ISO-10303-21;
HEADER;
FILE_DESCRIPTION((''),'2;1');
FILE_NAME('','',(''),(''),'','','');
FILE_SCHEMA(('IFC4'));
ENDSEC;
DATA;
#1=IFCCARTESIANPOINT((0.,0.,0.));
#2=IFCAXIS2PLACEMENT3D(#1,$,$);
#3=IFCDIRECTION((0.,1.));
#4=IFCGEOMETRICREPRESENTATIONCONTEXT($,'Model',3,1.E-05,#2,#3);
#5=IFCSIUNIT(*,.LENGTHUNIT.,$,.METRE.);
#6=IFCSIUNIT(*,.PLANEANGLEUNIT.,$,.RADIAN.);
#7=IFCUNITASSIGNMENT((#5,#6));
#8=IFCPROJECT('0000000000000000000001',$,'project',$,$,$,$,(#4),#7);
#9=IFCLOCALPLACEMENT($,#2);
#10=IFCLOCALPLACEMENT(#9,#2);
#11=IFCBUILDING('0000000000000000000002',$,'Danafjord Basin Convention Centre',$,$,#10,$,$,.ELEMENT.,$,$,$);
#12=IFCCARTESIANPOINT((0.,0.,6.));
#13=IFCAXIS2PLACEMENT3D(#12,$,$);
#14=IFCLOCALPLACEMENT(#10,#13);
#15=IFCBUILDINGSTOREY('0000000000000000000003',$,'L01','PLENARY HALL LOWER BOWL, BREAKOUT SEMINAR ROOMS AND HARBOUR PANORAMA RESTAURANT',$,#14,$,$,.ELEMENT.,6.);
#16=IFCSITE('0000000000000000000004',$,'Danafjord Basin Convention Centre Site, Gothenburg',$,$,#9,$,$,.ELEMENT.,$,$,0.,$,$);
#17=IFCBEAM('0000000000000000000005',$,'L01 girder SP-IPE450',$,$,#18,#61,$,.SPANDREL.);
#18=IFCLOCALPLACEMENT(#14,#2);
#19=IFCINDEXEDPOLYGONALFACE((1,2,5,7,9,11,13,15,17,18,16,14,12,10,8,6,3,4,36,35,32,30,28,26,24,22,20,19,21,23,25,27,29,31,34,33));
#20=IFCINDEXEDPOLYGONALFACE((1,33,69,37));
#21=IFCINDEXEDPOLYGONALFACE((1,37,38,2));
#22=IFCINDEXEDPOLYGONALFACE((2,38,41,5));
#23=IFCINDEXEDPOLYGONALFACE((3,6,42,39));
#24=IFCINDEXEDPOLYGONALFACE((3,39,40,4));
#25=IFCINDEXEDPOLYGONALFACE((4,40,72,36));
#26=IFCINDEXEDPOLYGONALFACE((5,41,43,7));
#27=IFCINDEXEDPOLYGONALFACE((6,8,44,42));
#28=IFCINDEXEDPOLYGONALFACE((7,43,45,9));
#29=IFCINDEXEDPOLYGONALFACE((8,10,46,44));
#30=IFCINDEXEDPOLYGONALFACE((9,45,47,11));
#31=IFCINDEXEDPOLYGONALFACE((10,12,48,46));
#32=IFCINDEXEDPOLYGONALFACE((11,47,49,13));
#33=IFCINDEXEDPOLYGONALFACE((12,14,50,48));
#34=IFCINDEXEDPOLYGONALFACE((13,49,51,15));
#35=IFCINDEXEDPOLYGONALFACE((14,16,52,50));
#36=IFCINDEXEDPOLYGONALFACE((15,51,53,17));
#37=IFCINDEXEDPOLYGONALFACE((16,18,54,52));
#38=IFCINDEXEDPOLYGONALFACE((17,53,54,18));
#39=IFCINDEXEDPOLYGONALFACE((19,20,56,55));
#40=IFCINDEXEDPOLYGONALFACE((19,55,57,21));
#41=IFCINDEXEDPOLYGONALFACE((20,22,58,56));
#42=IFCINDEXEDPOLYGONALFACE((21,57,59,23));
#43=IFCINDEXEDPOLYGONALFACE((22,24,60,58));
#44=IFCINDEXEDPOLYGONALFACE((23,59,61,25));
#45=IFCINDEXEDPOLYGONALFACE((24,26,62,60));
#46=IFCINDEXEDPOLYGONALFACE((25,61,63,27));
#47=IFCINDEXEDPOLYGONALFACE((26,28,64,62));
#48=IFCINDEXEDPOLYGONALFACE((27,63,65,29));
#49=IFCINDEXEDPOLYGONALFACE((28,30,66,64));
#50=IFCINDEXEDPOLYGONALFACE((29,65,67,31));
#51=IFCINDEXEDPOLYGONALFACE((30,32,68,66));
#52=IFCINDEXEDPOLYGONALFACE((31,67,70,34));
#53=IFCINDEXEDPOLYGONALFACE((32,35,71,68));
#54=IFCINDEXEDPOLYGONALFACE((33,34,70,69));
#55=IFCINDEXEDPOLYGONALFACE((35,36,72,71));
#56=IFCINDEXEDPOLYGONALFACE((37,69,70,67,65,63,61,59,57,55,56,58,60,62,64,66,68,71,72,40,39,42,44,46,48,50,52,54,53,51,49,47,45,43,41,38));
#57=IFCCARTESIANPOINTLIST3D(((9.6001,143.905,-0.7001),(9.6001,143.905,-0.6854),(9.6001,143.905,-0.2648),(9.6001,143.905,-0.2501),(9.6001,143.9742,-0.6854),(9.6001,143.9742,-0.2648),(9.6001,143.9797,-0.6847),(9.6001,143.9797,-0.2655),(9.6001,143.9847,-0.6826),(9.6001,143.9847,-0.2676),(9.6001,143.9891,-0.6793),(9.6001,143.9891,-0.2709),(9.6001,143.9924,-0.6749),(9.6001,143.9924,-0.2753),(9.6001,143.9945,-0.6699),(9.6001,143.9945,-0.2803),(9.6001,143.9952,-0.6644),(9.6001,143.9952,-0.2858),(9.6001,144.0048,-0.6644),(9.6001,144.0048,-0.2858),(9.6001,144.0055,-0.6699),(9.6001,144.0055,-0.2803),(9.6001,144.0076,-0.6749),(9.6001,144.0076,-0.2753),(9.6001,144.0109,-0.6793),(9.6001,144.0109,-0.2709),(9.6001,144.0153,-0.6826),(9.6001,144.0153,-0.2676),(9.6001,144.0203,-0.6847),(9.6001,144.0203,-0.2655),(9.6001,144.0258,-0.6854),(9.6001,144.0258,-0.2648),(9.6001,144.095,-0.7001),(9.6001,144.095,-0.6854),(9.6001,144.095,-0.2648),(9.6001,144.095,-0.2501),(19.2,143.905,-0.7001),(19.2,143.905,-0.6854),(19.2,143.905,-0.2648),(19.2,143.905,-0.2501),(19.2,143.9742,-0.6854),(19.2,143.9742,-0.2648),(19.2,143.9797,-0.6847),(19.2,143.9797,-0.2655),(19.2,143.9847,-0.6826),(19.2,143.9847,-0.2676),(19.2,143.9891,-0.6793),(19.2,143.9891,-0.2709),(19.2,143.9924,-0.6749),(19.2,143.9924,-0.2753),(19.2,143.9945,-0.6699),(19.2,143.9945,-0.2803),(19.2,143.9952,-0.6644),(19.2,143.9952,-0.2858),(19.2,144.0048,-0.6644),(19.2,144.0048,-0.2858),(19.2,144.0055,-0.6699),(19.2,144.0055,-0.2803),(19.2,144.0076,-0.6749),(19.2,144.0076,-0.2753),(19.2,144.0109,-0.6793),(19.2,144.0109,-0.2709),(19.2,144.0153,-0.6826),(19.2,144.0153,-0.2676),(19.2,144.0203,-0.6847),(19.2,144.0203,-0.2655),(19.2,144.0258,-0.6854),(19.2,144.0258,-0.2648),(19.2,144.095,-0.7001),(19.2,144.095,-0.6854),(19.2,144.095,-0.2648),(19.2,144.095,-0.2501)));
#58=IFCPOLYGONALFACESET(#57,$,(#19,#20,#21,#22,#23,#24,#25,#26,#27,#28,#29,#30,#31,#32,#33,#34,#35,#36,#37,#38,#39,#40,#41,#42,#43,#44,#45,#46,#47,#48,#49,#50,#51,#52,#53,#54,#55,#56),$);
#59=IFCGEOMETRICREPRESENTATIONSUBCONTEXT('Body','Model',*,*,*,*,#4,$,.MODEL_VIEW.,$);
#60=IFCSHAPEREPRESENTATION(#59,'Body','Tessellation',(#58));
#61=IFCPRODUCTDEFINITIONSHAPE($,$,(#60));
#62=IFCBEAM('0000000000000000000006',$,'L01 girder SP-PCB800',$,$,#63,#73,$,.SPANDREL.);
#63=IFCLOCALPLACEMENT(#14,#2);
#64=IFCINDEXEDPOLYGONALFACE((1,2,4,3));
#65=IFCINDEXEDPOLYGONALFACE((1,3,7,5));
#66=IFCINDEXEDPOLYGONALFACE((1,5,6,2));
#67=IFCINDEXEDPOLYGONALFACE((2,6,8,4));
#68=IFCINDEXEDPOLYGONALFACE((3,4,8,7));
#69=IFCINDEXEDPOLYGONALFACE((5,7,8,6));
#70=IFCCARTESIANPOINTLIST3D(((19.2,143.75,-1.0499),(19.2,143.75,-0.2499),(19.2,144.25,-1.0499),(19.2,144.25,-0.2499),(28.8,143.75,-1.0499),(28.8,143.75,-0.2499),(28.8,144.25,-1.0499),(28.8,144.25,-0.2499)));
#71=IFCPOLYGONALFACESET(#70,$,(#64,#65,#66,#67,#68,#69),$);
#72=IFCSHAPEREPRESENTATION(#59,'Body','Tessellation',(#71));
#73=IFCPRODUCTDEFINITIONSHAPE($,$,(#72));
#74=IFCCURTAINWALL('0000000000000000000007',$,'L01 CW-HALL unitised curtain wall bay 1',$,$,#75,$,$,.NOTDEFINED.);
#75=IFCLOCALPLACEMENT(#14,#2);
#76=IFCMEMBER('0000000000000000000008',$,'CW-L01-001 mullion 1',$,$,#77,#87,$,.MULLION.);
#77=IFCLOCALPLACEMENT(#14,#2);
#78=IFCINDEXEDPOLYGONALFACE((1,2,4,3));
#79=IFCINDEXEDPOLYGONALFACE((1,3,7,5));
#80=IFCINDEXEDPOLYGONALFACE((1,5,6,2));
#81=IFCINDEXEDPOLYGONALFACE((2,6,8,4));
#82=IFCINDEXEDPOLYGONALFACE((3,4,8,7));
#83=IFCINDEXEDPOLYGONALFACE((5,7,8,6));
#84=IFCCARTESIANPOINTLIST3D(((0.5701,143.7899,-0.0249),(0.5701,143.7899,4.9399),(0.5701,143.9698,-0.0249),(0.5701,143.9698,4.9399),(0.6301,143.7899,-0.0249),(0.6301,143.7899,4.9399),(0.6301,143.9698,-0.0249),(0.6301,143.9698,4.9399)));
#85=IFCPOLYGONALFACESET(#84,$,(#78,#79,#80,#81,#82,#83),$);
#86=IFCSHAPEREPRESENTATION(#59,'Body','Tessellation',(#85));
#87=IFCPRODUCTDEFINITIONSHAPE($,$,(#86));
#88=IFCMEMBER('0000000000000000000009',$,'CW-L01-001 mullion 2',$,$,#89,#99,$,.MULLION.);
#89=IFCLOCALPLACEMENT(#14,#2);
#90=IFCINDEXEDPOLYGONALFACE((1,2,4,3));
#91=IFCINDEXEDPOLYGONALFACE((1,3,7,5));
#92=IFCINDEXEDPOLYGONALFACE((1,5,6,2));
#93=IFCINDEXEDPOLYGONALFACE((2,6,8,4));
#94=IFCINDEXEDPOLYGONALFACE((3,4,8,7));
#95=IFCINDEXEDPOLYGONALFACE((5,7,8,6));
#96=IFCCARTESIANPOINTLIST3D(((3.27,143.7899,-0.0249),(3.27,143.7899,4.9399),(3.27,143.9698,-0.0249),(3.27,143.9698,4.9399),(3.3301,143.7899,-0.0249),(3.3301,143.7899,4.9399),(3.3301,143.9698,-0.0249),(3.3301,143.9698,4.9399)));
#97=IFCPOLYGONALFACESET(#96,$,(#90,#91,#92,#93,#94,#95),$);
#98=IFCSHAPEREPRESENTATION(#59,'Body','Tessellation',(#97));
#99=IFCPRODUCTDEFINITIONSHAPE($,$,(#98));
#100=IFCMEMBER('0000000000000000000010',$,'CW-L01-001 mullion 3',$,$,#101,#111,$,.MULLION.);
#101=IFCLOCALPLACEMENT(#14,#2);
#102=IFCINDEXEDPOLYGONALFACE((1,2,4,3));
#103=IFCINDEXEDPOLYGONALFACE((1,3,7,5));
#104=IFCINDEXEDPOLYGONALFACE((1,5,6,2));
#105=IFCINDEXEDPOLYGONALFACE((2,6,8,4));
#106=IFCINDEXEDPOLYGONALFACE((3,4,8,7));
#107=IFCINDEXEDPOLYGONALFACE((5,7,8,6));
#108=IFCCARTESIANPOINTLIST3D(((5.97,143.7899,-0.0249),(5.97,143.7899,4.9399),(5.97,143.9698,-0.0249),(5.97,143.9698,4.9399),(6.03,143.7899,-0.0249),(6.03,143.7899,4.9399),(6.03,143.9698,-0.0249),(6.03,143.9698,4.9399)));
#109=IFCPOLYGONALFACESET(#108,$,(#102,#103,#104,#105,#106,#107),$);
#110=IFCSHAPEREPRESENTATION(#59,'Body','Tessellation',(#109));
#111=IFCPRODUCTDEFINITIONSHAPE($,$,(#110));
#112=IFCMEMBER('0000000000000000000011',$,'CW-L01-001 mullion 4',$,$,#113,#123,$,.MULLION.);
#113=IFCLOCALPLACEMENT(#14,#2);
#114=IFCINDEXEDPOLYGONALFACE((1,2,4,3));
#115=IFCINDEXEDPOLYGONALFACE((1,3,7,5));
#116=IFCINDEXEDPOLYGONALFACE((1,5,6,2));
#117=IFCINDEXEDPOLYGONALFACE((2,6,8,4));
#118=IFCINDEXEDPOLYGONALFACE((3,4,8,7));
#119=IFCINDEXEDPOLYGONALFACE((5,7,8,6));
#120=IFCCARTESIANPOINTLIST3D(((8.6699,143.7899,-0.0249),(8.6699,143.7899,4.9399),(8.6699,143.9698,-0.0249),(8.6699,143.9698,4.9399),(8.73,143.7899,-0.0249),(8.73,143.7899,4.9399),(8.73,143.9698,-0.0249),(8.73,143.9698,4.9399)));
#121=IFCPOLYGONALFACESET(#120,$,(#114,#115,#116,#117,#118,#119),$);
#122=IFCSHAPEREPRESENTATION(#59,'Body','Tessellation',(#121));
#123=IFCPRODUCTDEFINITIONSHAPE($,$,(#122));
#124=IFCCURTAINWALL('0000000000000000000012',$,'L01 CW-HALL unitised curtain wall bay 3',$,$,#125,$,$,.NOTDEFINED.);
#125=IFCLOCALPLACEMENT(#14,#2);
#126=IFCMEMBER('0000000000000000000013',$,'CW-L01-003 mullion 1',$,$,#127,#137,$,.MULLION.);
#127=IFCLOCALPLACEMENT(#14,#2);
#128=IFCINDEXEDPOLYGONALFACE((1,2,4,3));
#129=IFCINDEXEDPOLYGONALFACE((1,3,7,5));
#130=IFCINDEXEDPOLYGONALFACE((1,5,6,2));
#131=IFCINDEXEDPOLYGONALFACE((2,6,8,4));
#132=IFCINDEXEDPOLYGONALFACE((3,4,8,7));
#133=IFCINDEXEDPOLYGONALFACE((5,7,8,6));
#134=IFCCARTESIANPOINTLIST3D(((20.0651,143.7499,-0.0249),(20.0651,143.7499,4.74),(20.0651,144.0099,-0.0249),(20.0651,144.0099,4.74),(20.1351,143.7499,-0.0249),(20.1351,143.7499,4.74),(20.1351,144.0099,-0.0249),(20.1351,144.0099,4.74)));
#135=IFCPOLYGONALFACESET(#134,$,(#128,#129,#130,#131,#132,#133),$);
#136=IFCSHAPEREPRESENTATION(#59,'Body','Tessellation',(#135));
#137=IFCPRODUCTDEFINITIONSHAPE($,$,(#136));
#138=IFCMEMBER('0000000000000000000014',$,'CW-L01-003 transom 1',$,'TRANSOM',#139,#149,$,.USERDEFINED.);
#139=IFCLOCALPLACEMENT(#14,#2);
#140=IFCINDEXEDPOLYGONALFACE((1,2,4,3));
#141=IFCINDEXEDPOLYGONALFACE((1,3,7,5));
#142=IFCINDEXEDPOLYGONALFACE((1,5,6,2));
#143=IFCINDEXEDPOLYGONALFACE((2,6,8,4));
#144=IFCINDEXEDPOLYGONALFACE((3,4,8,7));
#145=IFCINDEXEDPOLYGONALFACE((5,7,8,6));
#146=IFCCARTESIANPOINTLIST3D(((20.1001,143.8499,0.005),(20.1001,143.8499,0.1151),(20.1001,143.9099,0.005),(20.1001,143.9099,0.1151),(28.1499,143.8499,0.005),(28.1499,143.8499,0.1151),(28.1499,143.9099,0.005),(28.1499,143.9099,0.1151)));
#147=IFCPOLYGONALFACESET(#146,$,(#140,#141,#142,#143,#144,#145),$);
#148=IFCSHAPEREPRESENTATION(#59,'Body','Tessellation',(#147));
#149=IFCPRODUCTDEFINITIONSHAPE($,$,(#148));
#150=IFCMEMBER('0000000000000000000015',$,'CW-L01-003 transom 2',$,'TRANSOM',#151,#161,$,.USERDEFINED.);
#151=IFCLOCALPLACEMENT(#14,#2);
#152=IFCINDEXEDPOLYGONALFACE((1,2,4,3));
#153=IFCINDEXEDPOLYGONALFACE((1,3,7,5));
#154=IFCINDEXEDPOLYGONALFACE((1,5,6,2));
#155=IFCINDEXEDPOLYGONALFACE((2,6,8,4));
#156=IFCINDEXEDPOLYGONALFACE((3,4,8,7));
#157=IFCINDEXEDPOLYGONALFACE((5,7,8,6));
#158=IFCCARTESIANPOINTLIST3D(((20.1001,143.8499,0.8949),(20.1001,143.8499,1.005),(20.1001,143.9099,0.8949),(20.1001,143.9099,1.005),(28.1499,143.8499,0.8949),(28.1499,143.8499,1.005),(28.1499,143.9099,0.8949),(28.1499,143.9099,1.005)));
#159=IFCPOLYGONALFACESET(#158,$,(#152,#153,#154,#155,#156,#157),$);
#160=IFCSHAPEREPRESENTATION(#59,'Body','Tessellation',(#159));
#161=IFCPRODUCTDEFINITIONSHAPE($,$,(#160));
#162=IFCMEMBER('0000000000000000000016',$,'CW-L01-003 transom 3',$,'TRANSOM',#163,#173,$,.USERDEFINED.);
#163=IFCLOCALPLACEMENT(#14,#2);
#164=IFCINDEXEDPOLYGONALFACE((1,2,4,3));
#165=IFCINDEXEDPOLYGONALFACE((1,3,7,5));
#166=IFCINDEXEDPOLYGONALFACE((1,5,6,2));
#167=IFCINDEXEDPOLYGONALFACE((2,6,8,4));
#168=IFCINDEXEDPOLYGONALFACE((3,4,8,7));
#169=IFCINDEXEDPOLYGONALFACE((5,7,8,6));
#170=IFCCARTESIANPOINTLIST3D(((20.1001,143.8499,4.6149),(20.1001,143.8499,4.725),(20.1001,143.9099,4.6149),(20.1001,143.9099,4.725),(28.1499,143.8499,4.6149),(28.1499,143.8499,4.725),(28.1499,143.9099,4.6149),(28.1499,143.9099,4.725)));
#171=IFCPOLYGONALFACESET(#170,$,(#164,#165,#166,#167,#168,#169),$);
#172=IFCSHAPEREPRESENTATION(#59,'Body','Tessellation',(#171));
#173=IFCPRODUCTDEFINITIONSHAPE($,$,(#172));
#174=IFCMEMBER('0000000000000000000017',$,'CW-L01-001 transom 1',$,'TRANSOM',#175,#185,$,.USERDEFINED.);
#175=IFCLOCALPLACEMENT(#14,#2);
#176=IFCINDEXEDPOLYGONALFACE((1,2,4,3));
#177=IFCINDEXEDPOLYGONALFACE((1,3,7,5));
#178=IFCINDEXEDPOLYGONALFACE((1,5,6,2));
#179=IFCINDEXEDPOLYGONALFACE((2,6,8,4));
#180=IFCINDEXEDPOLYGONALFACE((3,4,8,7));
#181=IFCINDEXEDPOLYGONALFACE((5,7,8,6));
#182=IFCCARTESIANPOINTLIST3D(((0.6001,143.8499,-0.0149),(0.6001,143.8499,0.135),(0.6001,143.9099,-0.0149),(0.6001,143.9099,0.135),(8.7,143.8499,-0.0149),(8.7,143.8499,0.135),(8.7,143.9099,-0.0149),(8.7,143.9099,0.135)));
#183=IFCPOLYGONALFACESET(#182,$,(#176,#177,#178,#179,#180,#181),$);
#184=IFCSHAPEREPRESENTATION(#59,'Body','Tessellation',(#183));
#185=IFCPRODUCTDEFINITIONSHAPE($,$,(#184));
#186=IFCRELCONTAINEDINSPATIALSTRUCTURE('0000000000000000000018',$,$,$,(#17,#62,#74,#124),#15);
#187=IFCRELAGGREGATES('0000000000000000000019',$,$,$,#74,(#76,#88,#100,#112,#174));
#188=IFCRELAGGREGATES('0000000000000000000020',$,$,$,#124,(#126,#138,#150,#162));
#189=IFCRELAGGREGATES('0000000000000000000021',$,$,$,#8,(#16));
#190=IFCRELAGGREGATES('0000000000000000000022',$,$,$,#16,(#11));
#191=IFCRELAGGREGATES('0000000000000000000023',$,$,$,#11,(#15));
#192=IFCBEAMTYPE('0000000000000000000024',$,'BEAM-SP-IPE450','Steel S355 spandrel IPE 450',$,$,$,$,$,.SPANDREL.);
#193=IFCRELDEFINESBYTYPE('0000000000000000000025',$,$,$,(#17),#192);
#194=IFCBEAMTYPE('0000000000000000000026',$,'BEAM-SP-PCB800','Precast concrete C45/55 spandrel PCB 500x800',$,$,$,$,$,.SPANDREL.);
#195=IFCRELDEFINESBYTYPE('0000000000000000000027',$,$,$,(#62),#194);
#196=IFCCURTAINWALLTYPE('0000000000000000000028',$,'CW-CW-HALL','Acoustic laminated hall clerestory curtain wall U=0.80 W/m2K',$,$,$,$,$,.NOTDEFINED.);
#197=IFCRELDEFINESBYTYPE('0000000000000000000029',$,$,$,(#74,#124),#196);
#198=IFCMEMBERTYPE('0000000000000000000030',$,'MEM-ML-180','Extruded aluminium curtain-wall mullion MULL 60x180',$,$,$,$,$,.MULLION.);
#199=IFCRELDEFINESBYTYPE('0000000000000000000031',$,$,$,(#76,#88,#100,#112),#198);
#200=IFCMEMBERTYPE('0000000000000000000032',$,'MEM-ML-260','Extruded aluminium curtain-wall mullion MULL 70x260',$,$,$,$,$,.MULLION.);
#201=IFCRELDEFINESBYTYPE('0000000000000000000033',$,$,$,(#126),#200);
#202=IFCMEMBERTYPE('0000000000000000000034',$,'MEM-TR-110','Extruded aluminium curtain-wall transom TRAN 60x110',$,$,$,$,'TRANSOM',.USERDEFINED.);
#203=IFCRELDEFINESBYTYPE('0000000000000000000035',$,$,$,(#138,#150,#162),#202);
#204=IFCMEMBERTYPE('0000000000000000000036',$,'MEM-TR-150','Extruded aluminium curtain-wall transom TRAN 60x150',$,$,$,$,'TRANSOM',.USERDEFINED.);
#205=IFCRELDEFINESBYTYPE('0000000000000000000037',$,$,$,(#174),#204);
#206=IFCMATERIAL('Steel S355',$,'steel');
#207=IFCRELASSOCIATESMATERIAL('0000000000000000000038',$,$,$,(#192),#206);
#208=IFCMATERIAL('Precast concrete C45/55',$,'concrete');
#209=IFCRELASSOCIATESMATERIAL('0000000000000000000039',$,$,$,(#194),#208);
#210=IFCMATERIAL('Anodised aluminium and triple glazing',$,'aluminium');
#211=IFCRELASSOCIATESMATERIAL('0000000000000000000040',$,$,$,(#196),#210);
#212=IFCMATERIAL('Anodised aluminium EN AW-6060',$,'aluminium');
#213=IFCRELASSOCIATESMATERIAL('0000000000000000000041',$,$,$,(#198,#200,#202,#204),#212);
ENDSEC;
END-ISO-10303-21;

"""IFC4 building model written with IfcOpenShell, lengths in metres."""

from ifc_helpers import new_model, si_unit, direction, frame, origin, origin_2d, place, context, subcontext, project, spatial, rectangle, i_section, extrude, material, material_profile, profile_set, type_object, element, aggregate, save


model = new_model("IFC4")

# Units and contexts
model_context = context("Model", 3, precision=1e-05, world=origin(), true_north=direction((0.0, 1.0)))
body_context = subcontext(model_context, "Body", "Model", "MODEL_VIEW")
ifc_project = project(units=[si_unit("LENGTHUNIT", "METRE"), si_unit("PLANEANGLEUNIT", "RADIAN")], contexts=[model_context])

# Site, building, storey
site_placement = place(None, origin())
site = spatial("IfcSite", under=ifc_project, at=site_placement, Name="Danafjord Basin Convention Centre Site, Gothenburg", CompositionType="ELEMENT", RefElevation=0.0)
building_placement = place(site_placement, origin())
building = spatial("IfcBuilding", under=site, at=building_placement, Name="Danafjord Basin Convention Centre", CompositionType="ELEMENT")
storey_placement = place(building_placement, frame((0.0, 0.0, 6.0)))
storey = spatial("IfcBuildingStorey", under=building, at=storey_placement, Name="L01", Description="PLENARY HALL LOWER BOWL, BREAKOUT SEMINAR ROOMS AND HARBOUR PANORAMA RESTAURANT", CompositionType="ELEMENT", Elevation=6.0)

# Shared definitions
ifc_material_1 = material(Name="Precast concrete C45/55", Category="concrete")

# Beams
ifc_material_2 = material(Name="Steel S355", Category="steel")
ifc_material_profile_1 = material_profile(ifc_material_2, i_section(OverallWidth=0.1899, OverallDepth=0.45, WebThickness=0.0095, FlangeThickness=0.0146, FilletRadius=0.021, at=origin_2d()), Name="IPE 450")
ifc_profile_set_1 = profile_set([ifc_material_profile_1], Name="Steel S355")
beam_type_1 = type_object("IfcBeamType", Name="BEAM-SP-IPE450", Description="Steel S355 spandrel IPE 450", PredefinedType="SPANDREL", material=ifc_profile_set_1)
beam_1_placement = place(storey_placement, frame((9.6001, 144.0, -0.4751), z_axis=(1.0, 0.0, 0.0), x_axis=(0.0, 1.0, 0.0)))
element("IfcBeam", 1, at=beam_1_placement, inside=storey, type_object=beam_type_1, Name="L01 girder SP-IPE450", PredefinedType="SPANDREL", context=body_context, shape_type="SweptSolid", body=[
    extrude(i_section(OverallWidth=0.1899, OverallDepth=0.45, WebThickness=0.0095, FlangeThickness=0.0146, FilletRadius=0.021, at=origin_2d()), origin(), (0.0, 0.0, 1.0), 9.5999),
])
ifc_material_profile_2 = material_profile(ifc_material_1, rectangle(XDim=0.5, YDim=0.8, at=origin_2d()), Name="PCB 500x800")
ifc_profile_set_2 = profile_set([ifc_material_profile_2], Name="Precast concrete C45/55")
beam_type_2 = type_object("IfcBeamType", Name="BEAM-SP-PCB800", Description="Precast concrete C45/55 spandrel PCB 500x800", PredefinedType="SPANDREL", material=ifc_profile_set_2)
beam_2_placement = place(storey_placement, frame((19.2, 144.0, -0.6499), z_axis=(1.0, 0.0, 0.0), x_axis=(0.0, 1.0, 0.0)))
element("IfcBeam", 2, at=beam_2_placement, inside=storey, type_object=beam_type_2, Name="L01 girder SP-PCB800", PredefinedType="SPANDREL", context=body_context, shape_type="SweptSolid", body=[
    extrude(rectangle(XDim=0.5, YDim=0.8, at=origin_2d()), origin(), (0.0, 0.0, 1.0), 9.6001),
])

# Curtain walls, members
ifc_material_3 = material(Name="Anodised aluminium and triple glazing", Category="aluminium")
curtain_wall_type = type_object("IfcCurtainWallType", Name="CW-CW-HALL", Description="Acoustic laminated hall clerestory curtain wall U=0.80 W/m2K", PredefinedType="NOTDEFINED", material=ifc_material_3)
curtain_wall_1_placement = place(storey_placement, origin())
curtain_wall_1 = element("IfcCurtainWall", 3, at=curtain_wall_1_placement, inside=storey, type_object=curtain_wall_type, Name="L01 CW-HALL unitised curtain wall bay 1", PredefinedType="NOTDEFINED")
ifc_material_4 = material(Name="Anodised aluminium EN AW-6060", Category="aluminium")
ifc_material_profile_3 = material_profile(ifc_material_4, rectangle(XDim=0.0601, YDim=0.1799, at=origin_2d()), Name="MULL 60x180")
ifc_profile_set_3 = profile_set([ifc_material_profile_3], Name="Anodised aluminium EN AW-6060")
member_type_1 = type_object("IfcMemberType", Name="MEM-ML-180", Description="Extruded aluminium curtain-wall mullion MULL 60x180", PredefinedType="MULLION", material=ifc_profile_set_3)
member_1_placement = place(storey_placement, frame((0.6001, 143.8799, -0.0249), z_axis=(0.0, 0.0, 1.0), x_axis=(1.0, 0.0, 0.0)))
member_1 = element("IfcMember", 4, at=member_1_placement, type_object=member_type_1, Name="CW-L01-001 mullion 1", PredefinedType="MULLION", context=body_context, shape_type="SweptSolid", body=[
    extrude(rectangle(XDim=0.0601, YDim=0.1799, at=origin_2d()), origin(), (0.0, 0.0, 1.0), 4.9648),
])
member_2_placement = place(storey_placement, frame((3.3, 143.8799, -0.0249), z_axis=(0.0, 0.0, 1.0), x_axis=(1.0, 0.0, 0.0)))
member_2 = element("IfcMember", 5, at=member_2_placement, type_object=member_type_1, Name="CW-L01-001 mullion 2", PredefinedType="MULLION", context=body_context, shape_type="SweptSolid", body=[
    extrude(rectangle(XDim=0.0601, YDim=0.1799, at=origin_2d()), origin(), (0.0, 0.0, 1.0), 4.9648),
])
member_3_placement = place(storey_placement, frame((6.0, 143.8799, -0.0249), z_axis=(0.0, 0.0, 1.0), x_axis=(1.0, 0.0, 0.0)))
member_3 = element("IfcMember", 6, at=member_3_placement, type_object=member_type_1, Name="CW-L01-001 mullion 3", PredefinedType="MULLION", context=body_context, shape_type="SweptSolid", body=[
    extrude(rectangle(XDim=0.0601, YDim=0.1799, at=origin_2d()), origin(), (0.0, 0.0, 1.0), 4.9648),
])
member_4_placement = place(storey_placement, frame((8.7, 143.8799, -0.0249), z_axis=(0.0, 0.0, 1.0), x_axis=(1.0, 0.0, 0.0)))
member_4 = element("IfcMember", 7, at=member_4_placement, type_object=member_type_1, Name="CW-L01-001 mullion 4", PredefinedType="MULLION", context=body_context, shape_type="SweptSolid", body=[
    extrude(rectangle(XDim=0.0601, YDim=0.1799, at=origin_2d()), origin(), (0.0, 0.0, 1.0), 4.9648),
])
curtain_wall_2_placement = place(storey_placement, origin())
curtain_wall_2 = element("IfcCurtainWall", 8, at=curtain_wall_2_placement, inside=storey, type_object=curtain_wall_type, Name="L01 CW-HALL unitised curtain wall bay 3", PredefinedType="NOTDEFINED")
ifc_material_profile_4 = material_profile(ifc_material_4, rectangle(XDim=0.0701, YDim=0.26, at=origin_2d()), Name="MULL 70x260")
ifc_profile_set_4 = profile_set([ifc_material_profile_4], Name="Anodised aluminium EN AW-6060")
member_type_2 = type_object("IfcMemberType", Name="MEM-ML-260", Description="Extruded aluminium curtain-wall mullion MULL 70x260", PredefinedType="MULLION", material=ifc_profile_set_4)
member_5_placement = place(storey_placement, frame((20.1001, 143.8799, -0.0249), z_axis=(0.0, 0.0, 1.0), x_axis=(1.0, 0.0, 0.0)))
member_5 = element("IfcMember", 9, at=member_5_placement, type_object=member_type_2, Name="CW-L01-003 mullion 1", PredefinedType="MULLION", context=body_context, shape_type="SweptSolid", body=[
    extrude(rectangle(XDim=0.0701, YDim=0.26, at=origin_2d()), origin(), (0.0, 0.0, 1.0), 4.7649),
])
ifc_material_profile_5 = material_profile(ifc_material_4, rectangle(XDim=0.0601, YDim=0.1101, at=origin_2d()), Name="TRAN 60x110")
ifc_profile_set_5 = profile_set([ifc_material_profile_5], Name="Anodised aluminium EN AW-6060")
member_type_3 = type_object("IfcMemberType", Name="MEM-TR-110", Description="Extruded aluminium curtain-wall transom TRAN 60x110", ElementType="TRANSOM", PredefinedType="USERDEFINED", material=ifc_profile_set_5)
member_6_placement = place(storey_placement, frame((20.1001, 143.8799, 0.0601), z_axis=(1.0, 0.0, 0.0), x_axis=(0.0, 1.0, 0.0)))
member_6 = element("IfcMember", 10, at=member_6_placement, type_object=member_type_3, Name="CW-L01-003 transom 1", ObjectType="TRANSOM", PredefinedType="USERDEFINED", context=body_context, shape_type="SweptSolid", body=[
    extrude(rectangle(XDim=0.0601, YDim=0.1101, at=origin_2d()), origin(), (0.0, 0.0, 1.0), 8.0498),
])
member_7_placement = place(storey_placement, frame((20.1001, 143.8799, 0.95), z_axis=(1.0, 0.0, 0.0), x_axis=(0.0, 1.0, 0.0)))
member_7 = element("IfcMember", 11, at=member_7_placement, type_object=member_type_3, Name="CW-L01-003 transom 2", ObjectType="TRANSOM", PredefinedType="USERDEFINED", context=body_context, shape_type="SweptSolid", body=[
    extrude(rectangle(XDim=0.0601, YDim=0.1101, at=origin_2d()), origin(), (0.0, 0.0, 1.0), 8.0498),
])
member_8_placement = place(storey_placement, frame((20.1001, 143.8799, 4.6699), z_axis=(1.0, 0.0, 0.0), x_axis=(0.0, 1.0, 0.0)))
member_8 = element("IfcMember", 12, at=member_8_placement, type_object=member_type_3, Name="CW-L01-003 transom 3", ObjectType="TRANSOM", PredefinedType="USERDEFINED", context=body_context, shape_type="SweptSolid", body=[
    extrude(rectangle(XDim=0.0601, YDim=0.1101, at=origin_2d()), origin(), (0.0, 0.0, 1.0), 8.0498),
])

# Member
ifc_material_profile_6 = material_profile(ifc_material_4, rectangle(XDim=0.0601, YDim=0.1499, at=origin_2d()), Name="TRAN 60x150")
ifc_profile_set_6 = profile_set([ifc_material_profile_6], Name="Anodised aluminium EN AW-6060")
member_type_4 = type_object("IfcMemberType", Name="MEM-TR-150", Description="Extruded aluminium curtain-wall transom TRAN 60x150", ElementType="TRANSOM", PredefinedType="USERDEFINED", material=ifc_profile_set_6)
member_9_placement = place(storey_placement, frame((0.6001, 143.8799, 0.0601), z_axis=(1.0, 0.0, 0.0), x_axis=(0.0, 1.0, 0.0)))
member_9 = element("IfcMember", 13, at=member_9_placement, type_object=member_type_4, Name="CW-L01-001 transom 1", ObjectType="TRANSOM", PredefinedType="USERDEFINED", context=body_context, shape_type="SweptSolid", body=[
    extrude(rectangle(XDim=0.0601, YDim=0.1499, at=origin_2d()), origin(), (0.0, 0.0, 1.0), 8.0999),
])

aggregate(curtain_wall_1, [member_1, member_2, member_3, member_4, member_9])
aggregate(curtain_wall_2, [member_5, member_6, member_7, member_8])

save(model, "model.ifc")
